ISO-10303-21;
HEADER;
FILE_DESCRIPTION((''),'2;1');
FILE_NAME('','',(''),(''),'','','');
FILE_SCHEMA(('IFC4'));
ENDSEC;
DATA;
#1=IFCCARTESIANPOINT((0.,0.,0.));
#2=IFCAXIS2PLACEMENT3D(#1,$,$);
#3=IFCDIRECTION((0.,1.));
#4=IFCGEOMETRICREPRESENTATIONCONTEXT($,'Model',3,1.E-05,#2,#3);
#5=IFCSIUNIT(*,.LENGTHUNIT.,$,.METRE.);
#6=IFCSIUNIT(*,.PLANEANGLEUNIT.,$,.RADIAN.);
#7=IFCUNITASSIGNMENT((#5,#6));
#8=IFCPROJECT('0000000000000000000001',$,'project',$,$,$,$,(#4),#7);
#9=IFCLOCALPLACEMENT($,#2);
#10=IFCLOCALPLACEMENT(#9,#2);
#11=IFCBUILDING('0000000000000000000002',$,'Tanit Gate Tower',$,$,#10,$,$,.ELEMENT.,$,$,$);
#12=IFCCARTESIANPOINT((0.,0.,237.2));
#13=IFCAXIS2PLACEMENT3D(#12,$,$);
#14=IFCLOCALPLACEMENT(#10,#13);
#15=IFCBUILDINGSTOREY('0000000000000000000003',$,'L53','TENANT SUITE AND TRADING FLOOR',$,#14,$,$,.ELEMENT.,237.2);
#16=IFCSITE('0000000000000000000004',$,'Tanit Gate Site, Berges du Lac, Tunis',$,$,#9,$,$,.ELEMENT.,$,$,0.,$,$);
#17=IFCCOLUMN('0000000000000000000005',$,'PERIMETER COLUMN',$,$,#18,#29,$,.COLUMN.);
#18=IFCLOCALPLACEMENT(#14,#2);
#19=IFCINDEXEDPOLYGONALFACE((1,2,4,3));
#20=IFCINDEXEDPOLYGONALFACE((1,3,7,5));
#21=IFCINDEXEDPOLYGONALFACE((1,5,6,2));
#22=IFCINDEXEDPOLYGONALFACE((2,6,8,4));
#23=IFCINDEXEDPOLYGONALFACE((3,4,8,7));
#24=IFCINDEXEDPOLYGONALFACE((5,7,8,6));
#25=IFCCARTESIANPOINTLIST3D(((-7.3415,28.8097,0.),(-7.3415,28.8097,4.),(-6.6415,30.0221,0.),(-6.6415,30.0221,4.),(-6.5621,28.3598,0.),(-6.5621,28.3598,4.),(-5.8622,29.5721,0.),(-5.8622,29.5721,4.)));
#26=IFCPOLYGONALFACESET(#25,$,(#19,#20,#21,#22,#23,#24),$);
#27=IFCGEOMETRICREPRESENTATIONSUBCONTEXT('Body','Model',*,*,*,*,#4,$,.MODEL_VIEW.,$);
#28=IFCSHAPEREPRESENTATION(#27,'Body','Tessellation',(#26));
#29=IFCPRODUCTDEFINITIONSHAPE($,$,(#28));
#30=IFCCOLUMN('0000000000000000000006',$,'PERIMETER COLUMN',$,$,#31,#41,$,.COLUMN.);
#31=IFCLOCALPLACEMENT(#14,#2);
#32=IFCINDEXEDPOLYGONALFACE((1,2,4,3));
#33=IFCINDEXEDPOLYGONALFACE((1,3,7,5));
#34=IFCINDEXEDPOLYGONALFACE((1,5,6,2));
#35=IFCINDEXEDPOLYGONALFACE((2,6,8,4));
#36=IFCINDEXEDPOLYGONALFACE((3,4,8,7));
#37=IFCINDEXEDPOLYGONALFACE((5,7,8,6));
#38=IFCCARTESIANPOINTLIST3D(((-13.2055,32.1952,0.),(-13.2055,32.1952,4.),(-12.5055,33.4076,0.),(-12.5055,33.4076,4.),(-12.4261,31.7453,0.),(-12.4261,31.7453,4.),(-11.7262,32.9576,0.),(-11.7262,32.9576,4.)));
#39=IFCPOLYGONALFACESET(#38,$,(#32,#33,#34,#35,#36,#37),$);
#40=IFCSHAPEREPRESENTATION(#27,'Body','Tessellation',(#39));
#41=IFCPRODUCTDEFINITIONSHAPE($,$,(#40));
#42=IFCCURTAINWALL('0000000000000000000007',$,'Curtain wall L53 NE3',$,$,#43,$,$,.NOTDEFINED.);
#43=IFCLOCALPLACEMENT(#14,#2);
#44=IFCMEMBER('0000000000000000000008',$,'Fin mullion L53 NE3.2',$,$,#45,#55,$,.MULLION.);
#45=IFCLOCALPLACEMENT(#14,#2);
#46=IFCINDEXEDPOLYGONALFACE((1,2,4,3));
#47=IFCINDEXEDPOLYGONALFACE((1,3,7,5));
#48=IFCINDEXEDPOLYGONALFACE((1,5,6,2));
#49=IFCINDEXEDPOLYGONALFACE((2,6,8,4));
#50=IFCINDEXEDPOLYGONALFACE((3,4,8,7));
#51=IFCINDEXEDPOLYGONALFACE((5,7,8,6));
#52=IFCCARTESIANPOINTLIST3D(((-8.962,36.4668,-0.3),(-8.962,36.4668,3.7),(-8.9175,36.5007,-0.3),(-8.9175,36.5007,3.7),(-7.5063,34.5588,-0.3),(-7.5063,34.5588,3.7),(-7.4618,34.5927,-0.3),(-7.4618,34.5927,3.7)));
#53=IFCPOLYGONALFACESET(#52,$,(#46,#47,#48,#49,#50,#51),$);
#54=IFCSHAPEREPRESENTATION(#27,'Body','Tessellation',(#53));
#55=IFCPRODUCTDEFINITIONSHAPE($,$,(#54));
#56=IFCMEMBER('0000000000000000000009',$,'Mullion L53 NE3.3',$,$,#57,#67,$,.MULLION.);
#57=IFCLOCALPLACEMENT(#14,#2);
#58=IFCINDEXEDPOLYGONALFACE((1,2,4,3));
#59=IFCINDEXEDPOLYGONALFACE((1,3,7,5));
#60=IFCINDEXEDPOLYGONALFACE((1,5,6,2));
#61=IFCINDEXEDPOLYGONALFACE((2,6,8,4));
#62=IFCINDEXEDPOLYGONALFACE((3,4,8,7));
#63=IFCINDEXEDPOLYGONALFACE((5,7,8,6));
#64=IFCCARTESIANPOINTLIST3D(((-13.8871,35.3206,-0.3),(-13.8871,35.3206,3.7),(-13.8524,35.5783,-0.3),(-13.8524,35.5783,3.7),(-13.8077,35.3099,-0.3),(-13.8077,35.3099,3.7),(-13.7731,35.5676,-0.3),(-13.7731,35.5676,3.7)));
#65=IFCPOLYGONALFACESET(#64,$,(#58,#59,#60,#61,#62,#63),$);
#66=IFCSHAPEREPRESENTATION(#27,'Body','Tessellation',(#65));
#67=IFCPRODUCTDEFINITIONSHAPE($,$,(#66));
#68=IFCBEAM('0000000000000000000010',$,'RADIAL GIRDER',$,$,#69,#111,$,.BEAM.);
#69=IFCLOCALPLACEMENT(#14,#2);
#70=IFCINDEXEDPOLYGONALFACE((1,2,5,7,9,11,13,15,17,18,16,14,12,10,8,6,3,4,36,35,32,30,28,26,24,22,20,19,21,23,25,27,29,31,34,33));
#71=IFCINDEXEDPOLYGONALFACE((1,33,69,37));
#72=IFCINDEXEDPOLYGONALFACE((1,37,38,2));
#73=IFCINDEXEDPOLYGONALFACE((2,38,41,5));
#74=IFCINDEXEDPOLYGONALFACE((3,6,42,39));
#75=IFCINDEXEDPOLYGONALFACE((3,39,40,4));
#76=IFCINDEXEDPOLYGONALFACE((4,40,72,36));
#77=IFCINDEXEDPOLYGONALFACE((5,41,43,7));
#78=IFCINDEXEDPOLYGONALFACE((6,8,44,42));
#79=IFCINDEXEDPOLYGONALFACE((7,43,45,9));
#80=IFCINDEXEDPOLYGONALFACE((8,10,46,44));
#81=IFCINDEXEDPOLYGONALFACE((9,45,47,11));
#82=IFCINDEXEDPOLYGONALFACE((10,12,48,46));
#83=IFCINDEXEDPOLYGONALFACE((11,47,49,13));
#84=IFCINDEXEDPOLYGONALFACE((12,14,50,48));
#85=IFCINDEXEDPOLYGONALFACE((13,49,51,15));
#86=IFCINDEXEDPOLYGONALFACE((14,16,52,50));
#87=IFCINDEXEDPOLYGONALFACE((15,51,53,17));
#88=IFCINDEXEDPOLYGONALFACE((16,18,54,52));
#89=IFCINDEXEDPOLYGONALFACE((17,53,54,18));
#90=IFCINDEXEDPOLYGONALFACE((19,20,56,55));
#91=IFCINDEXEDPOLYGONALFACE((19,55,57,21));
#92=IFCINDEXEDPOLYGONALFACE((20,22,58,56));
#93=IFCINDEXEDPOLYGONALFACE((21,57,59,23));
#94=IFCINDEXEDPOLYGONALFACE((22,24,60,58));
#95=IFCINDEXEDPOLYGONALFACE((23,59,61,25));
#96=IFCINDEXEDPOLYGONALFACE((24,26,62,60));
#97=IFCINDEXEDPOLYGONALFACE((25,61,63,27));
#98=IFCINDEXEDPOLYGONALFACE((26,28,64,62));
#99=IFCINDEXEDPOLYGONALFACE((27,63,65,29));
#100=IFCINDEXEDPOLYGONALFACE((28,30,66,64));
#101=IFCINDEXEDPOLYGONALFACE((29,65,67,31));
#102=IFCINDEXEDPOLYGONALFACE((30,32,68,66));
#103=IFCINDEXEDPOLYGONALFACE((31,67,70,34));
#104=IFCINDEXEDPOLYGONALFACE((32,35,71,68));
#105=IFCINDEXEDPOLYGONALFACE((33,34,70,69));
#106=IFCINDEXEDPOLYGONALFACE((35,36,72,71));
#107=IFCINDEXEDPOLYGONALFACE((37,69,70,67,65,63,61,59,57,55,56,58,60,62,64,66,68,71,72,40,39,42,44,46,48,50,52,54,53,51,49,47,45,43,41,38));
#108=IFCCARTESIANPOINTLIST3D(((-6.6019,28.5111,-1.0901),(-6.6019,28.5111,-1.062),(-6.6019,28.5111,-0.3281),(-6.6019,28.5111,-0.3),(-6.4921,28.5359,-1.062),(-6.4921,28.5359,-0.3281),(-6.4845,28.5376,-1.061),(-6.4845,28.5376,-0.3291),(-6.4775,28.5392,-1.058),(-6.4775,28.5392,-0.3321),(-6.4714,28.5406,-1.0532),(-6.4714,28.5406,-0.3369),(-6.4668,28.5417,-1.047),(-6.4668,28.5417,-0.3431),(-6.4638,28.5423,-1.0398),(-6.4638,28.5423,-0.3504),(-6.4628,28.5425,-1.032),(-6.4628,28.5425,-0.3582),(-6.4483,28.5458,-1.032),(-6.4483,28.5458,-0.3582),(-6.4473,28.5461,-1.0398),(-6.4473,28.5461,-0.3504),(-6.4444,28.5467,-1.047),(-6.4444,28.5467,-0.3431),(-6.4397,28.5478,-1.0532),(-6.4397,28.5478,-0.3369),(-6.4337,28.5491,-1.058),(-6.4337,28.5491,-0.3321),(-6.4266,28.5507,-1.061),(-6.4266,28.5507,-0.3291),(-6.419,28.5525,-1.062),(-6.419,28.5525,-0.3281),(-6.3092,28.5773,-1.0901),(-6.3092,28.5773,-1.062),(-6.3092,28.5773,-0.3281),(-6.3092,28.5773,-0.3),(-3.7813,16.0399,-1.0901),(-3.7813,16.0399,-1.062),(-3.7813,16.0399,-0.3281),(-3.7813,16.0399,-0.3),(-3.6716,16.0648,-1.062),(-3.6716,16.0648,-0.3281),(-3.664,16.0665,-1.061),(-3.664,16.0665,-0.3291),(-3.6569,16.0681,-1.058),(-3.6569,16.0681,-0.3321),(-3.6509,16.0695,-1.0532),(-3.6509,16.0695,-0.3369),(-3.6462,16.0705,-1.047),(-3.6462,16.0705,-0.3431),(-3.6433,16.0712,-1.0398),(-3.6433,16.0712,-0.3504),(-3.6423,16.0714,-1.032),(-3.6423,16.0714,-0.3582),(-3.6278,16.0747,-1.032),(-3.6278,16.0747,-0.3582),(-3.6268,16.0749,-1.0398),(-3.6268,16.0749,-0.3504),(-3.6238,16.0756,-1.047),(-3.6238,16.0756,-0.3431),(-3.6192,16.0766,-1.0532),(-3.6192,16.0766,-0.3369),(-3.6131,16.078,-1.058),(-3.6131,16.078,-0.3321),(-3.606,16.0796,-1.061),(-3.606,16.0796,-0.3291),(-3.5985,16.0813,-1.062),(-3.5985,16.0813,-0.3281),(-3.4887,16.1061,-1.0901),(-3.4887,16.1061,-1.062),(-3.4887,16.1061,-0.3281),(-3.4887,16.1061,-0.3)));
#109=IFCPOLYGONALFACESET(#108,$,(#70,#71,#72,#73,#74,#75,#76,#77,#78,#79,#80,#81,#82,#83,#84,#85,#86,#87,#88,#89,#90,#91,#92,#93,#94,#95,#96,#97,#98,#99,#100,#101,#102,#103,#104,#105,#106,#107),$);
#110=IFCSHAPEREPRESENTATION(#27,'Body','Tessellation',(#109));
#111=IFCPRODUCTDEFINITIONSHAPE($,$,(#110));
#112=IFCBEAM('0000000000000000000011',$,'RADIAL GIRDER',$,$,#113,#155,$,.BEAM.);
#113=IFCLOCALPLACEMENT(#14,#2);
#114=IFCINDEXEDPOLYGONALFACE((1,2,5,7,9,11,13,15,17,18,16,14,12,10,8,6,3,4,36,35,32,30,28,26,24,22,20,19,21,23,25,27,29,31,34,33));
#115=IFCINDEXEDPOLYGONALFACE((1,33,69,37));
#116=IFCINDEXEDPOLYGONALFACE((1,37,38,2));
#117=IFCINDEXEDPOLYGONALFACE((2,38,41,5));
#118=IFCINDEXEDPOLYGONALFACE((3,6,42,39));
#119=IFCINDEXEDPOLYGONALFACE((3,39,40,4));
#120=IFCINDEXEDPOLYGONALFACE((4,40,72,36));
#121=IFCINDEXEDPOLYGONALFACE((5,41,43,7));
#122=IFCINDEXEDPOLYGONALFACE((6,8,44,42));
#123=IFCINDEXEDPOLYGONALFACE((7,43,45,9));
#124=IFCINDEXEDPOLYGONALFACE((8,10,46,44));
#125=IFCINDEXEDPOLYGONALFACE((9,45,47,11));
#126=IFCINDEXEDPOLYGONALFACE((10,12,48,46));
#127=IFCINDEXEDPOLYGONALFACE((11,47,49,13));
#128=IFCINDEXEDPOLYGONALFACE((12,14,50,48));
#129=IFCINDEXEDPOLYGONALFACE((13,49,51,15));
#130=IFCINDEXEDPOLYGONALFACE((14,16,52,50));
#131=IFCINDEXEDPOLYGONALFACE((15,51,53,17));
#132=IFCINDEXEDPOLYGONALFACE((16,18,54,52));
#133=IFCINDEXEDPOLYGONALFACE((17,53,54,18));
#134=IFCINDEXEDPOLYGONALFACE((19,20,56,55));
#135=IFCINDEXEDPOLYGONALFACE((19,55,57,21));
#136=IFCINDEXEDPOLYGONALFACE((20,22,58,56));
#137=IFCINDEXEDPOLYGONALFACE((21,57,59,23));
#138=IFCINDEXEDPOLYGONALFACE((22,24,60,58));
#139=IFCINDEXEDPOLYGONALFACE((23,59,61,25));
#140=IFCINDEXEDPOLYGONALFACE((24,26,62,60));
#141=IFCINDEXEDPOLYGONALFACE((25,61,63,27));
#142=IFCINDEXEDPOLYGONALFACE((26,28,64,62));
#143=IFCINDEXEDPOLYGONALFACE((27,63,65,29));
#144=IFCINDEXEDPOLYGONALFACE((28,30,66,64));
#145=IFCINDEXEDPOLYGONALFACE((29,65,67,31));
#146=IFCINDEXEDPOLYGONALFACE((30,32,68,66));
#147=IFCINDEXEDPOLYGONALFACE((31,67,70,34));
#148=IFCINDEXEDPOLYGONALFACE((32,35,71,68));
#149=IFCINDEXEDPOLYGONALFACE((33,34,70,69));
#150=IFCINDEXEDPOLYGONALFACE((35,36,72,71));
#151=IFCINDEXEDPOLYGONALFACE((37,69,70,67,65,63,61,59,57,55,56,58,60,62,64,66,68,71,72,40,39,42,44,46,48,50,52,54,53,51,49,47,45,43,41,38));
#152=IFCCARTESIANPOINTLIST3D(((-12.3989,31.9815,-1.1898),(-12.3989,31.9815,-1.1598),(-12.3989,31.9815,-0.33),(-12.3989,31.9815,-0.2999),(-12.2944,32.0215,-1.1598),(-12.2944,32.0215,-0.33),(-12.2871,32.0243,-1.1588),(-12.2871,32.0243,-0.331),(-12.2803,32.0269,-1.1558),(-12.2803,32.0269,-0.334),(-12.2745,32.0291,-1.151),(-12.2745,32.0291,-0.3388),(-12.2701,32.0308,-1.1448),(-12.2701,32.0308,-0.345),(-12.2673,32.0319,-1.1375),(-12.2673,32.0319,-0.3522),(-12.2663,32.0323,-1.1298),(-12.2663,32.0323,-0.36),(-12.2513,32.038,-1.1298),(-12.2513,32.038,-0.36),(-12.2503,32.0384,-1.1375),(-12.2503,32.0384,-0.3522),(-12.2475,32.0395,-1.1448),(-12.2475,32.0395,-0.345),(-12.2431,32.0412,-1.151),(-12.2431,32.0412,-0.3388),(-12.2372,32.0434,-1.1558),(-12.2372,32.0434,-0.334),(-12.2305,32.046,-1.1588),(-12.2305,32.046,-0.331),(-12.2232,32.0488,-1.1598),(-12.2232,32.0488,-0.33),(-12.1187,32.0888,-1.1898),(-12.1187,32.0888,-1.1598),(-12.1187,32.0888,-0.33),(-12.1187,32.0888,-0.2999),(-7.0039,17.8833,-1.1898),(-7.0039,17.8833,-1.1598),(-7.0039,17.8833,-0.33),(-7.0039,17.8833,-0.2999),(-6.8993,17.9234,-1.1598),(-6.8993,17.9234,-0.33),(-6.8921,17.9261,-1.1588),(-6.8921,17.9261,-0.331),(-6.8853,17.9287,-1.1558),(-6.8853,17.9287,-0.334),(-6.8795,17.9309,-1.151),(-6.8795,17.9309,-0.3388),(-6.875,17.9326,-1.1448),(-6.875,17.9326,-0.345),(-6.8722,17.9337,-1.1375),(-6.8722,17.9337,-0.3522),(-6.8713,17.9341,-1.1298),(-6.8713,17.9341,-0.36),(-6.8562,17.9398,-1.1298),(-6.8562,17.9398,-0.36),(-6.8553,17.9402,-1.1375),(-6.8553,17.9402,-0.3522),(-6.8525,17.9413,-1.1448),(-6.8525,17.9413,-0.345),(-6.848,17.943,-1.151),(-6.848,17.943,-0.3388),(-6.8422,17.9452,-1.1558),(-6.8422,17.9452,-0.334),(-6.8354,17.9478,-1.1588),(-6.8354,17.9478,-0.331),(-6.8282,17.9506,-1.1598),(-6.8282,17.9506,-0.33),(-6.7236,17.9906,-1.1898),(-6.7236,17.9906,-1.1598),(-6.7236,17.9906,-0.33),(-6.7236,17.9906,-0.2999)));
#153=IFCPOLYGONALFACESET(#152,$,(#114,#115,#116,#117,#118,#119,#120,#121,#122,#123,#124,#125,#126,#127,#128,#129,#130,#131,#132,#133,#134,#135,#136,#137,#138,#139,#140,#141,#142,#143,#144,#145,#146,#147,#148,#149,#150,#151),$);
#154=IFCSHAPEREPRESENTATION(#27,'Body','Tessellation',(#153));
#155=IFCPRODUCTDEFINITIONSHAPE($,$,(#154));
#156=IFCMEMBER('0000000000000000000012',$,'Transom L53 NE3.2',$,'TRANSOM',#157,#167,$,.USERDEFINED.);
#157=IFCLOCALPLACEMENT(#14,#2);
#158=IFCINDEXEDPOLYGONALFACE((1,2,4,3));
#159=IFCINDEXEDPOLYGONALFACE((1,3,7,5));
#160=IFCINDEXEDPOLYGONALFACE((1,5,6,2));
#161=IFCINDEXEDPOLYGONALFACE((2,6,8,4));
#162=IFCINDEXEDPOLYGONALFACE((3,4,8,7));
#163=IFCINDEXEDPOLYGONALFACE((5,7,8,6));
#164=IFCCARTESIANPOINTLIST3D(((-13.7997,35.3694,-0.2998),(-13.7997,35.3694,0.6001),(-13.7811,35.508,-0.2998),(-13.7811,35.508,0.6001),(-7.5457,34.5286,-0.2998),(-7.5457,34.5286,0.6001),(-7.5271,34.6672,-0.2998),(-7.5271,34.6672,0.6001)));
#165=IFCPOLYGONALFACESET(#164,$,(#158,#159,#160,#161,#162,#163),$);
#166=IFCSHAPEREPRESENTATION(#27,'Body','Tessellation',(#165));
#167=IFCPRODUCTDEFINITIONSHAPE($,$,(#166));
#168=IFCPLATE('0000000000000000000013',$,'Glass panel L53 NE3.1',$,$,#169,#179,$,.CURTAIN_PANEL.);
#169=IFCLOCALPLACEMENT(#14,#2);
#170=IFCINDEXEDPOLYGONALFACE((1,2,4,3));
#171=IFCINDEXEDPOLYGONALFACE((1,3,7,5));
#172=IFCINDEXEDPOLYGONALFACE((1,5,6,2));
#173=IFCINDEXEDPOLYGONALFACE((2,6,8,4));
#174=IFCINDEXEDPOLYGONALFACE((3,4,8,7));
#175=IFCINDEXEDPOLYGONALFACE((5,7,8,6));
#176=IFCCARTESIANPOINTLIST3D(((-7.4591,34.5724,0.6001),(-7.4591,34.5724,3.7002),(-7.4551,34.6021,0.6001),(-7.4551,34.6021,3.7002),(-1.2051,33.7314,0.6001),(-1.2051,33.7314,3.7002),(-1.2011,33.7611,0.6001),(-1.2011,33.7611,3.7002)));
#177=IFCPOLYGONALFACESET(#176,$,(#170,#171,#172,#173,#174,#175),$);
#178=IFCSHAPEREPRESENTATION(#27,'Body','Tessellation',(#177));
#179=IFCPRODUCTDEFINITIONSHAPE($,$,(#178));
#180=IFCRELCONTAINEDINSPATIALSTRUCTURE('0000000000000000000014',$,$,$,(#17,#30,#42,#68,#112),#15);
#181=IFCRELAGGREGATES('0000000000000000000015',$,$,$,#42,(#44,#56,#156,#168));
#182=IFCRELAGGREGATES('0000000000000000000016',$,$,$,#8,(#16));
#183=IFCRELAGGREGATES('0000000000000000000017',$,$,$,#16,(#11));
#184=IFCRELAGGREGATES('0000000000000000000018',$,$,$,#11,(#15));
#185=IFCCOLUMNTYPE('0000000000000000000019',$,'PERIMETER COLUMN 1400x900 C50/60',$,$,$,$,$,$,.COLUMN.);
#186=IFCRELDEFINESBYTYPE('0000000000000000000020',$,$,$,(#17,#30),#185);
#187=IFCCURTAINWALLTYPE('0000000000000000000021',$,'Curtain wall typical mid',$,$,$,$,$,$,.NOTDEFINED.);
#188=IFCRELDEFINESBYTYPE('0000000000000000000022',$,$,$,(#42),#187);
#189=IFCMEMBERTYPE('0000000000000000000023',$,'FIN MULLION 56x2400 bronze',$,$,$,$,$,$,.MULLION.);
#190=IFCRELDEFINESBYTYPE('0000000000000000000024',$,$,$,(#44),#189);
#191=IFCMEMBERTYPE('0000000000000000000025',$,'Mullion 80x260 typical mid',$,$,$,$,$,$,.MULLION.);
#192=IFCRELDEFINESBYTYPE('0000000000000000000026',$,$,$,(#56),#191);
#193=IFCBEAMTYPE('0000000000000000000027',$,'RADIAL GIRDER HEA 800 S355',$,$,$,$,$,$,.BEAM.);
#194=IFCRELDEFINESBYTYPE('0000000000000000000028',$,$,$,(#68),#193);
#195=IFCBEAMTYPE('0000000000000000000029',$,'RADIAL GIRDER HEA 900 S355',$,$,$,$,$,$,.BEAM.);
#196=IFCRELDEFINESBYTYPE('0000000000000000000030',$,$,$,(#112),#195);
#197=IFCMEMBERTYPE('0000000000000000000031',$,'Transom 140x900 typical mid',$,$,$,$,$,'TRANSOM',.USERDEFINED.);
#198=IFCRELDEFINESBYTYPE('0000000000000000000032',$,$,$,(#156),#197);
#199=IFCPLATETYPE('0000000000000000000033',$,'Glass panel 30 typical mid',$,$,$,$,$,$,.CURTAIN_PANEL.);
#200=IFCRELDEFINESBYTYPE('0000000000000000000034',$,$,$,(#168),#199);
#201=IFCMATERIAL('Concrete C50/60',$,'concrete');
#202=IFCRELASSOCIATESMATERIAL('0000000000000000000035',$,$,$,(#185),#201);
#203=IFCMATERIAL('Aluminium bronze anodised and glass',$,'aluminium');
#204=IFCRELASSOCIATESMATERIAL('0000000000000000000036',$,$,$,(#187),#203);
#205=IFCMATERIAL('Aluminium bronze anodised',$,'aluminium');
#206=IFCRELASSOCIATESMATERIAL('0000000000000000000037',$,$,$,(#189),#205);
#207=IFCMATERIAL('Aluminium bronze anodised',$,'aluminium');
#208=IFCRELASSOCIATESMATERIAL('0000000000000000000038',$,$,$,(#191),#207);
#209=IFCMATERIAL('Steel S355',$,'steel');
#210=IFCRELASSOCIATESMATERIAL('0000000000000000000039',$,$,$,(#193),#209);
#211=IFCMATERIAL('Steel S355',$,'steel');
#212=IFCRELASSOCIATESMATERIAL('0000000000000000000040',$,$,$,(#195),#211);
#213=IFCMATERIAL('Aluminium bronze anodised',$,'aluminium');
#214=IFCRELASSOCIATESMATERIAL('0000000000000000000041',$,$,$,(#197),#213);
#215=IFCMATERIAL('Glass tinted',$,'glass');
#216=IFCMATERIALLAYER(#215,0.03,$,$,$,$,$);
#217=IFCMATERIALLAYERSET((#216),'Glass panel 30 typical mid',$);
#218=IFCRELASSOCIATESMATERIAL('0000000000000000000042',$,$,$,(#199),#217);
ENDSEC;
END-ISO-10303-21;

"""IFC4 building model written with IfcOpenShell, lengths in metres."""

from ifc_helpers import new_model, si_unit, direction, frame, origin, origin_2d, place, context, subcontext, project, spatial, rectangle, i_section, extrude, material, layer, layer_set, material_profile, profile_set, type_object, element, aggregate, save


model = new_model("IFC4")

# Units and contexts
model_context = context("Model", 3, precision=1e-05, world=origin(), true_north=direction((0.0, 1.0)))
body_context = subcontext(model_context, "Body", "Model", "MODEL_VIEW")
ifc_project = project(units=[si_unit("LENGTHUNIT", "METRE"), si_unit("PLANEANGLEUNIT", "RADIAN")], contexts=[model_context])

# Site, building, storey
site_placement = place(None, origin())
site = spatial("IfcSite", under=ifc_project, at=site_placement, Name="Tanit Gate Site, Berges du Lac, Tunis", CompositionType="ELEMENT", RefElevation=0.0)
building_placement = place(site_placement, origin())
building = spatial("IfcBuilding", under=site, at=building_placement, Name="Tanit Gate Tower", CompositionType="ELEMENT")
storey_placement = place(building_placement, frame((0.0, 0.0, 237.2)))
storey = spatial("IfcBuildingStorey", under=building, at=storey_placement, Name="L53", Description="TENANT SUITE AND TRADING FLOOR", CompositionType="ELEMENT", Elevation=237.2)

# Columns
ifc_material_1 = material(Name="Concrete C50/60", Category="concrete")
ifc_material_profile_1 = material_profile(ifc_material_1, rectangle(XDim=1.3999, YDim=0.8999, at=origin_2d()), Name="RC 1400x900")
ifc_profile_set_1 = profile_set([ifc_material_profile_1], Name="Concrete C50/60")
column_type = type_object("IfcColumnType", Name="PERIMETER COLUMN 1400x900 C50/60", PredefinedType="COLUMN", material=ifc_profile_set_1)
for number, where, z_axis, x_axis, name in (
    (1, (-6.6018, 29.1909, 0.0), (0.0, 0.0, 1.0), (0.5, 0.866025, 0.0), "PERIMETER COLUMN"),
    (2, (-12.4658, 32.5764, 0.0), (0.0, 0.0, 1.0), (0.5, 0.866025, 0.0), "PERIMETER COLUMN"),
):
    element("IfcColumn", number, at=place(storey_placement, frame(where, z_axis=z_axis, x_axis=x_axis)), inside=storey, type_object=column_type, Name=name, PredefinedType="COLUMN", context=body_context, shape_type="SweptSolid", body=[
        extrude(rectangle(XDim=1.3999, YDim=0.8999, at=origin_2d()), origin(), (0.0, 0.0, 1.0), 4.0),
    ])

# Curtain wall, members
ifc_material_2 = material(Name="Aluminium bronze anodised and glass", Category="aluminium")
curtain_wall_type = type_object("IfcCurtainWallType", Name="Curtain wall typical mid", PredefinedType="NOTDEFINED", material=ifc_material_2)
curtain_wall_placement = place(storey_placement, origin())
curtain_wall = element("IfcCurtainWall", 3, at=curtain_wall_placement, inside=storey, type_object=curtain_wall_type, Name="Curtain wall L53 NE3", PredefinedType="NOTDEFINED")
ifc_material_3 = material(Name="Aluminium bronze anodised", Category="aluminium")
ifc_material_profile_2 = material_profile(ifc_material_3, rectangle(XDim=2.3999, YDim=0.0559, at=origin_2d()), Name="56x2400 bronze fin mullion")
ifc_profile_set_2 = profile_set([ifc_material_profile_2], Name="Aluminium bronze anodised")
member_type_1 = type_object("IfcMemberType", Name="FIN MULLION 56x2400 bronze", PredefinedType="MULLION", material=ifc_profile_set_2)
member_1_placement = place(storey_placement, frame((-8.2119, 35.5298, -0.3), z_axis=(0.0, 0.0, 1.0), x_axis=(0.606564, -0.795035, 0.0)))
member_1 = element("IfcMember", 4, at=member_1_placement, type_object=member_type_1, Name="Fin mullion L53 NE3.2", PredefinedType="MULLION", context=body_context, shape_type="SweptSolid", body=[
    extrude(rectangle(XDim=2.3999, YDim=0.0559, at=origin_2d()), origin(), (0.0, 0.0, 1.0), 4.0),
])
ifc_material_4 = material(Name="Aluminium bronze anodised", Category="aluminium")
ifc_material_profile_3 = material_profile(ifc_material_4, rectangle(XDim=0.26, YDim=0.0801, at=origin_2d()), Name="80x260 bronze mullion")
ifc_profile_set_3 = profile_set([ifc_material_profile_3], Name="Aluminium bronze anodised")
member_type_2 = type_object("IfcMemberType", Name="Mullion 80x260 typical mid", PredefinedType="MULLION", material=ifc_profile_set_3)
member_2_placement = place(storey_placement, frame((-13.8301, 35.4441, -0.3), z_axis=(0.0, 0.0, 1.0), x_axis=(-0.133269, -0.99108, 0.0)))
member_2 = element("IfcMember", 5, at=member_2_placement, type_object=member_type_2, Name="Mullion L53 NE3.3", PredefinedType="MULLION", context=body_context, shape_type="SweptSolid", body=[
    extrude(rectangle(XDim=0.26, YDim=0.0801, at=origin_2d()), origin(), (0.0, 0.0, 1.0), 4.0),
])

# Beams
ifc_material_5 = material(Name="Steel S355", Category="steel")
ifc_material_profile_4 = material_profile(ifc_material_5, i_section(OverallWidth=0.3, OverallDepth=0.79, WebThickness=0.0149, FlangeThickness=0.0281, FilletRadius=0.03, at=origin_2d()), Name="HEA 800")
ifc_profile_set_4 = profile_set([ifc_material_profile_4], Name="Steel S355")
beam_type_1 = type_object("IfcBeamType", Name="RADIAL GIRDER HEA 800 S355", PredefinedType="BEAM", material=ifc_profile_set_4)
beam_1_placement = place(storey_placement, frame((-6.4556, 28.5442, -0.6951), z_axis=(0.220594, -0.975366, 0.0), x_axis=(0.975366, 0.220594, 0.0)))
element("IfcBeam", 6, at=beam_1_placement, inside=storey, type_object=beam_type_1, Name="RADIAL GIRDER", PredefinedType="BEAM", context=body_context, shape_type="SweptSolid", body=[
    extrude(i_section(OverallWidth=0.3, OverallDepth=0.79, WebThickness=0.0149, FlangeThickness=0.0281, FilletRadius=0.03, at=origin_2d()), origin(), (0.0, 0.0, 1.0), 12.7861),
])
ifc_material_6 = material(Name="Steel S355", Category="steel")
ifc_material_profile_5 = material_profile(ifc_material_6, i_section(OverallWidth=0.3, OverallDepth=0.8899, WebThickness=0.0161, FlangeThickness=0.03, FilletRadius=0.03, at=origin_2d()), Name="HEA 900")
ifc_profile_set_5 = profile_set([ifc_material_profile_5], Name="Steel S355")
beam_type_2 = type_object("IfcBeamType", Name="RADIAL GIRDER HEA 900 S355", PredefinedType="BEAM", material=ifc_profile_set_5)
beam_2_placement = place(storey_placement, frame((-12.2588, 32.0352, -0.7449), z_axis=(0.357401, -0.933951, 0.0), x_axis=(0.933951, 0.357401, 0.0)))
element("IfcBeam", 7, at=beam_2_placement, inside=storey, type_object=beam_type_2, Name="RADIAL GIRDER", PredefinedType="BEAM", context=body_context, shape_type="SweptSolid", body=[
    extrude(i_section(OverallWidth=0.3, OverallDepth=0.8899, WebThickness=0.0161, FlangeThickness=0.03, FilletRadius=0.03, at=origin_2d()), origin(), (0.0, 0.0, 1.0), 15.0952),
])

# Member
ifc_material_7 = material(Name="Aluminium bronze anodised", Category="aluminium")
ifc_material_profile_6 = material_profile(ifc_material_7, rectangle(XDim=0.1399, YDim=0.8999, at=origin_2d()), Name="140x900 bronze transom")
ifc_profile_set_6 = profile_set([ifc_material_profile_6], Name="Aluminium bronze anodised")
member_type_3 = type_object("IfcMemberType", Name="Transom 140x900 typical mid", ElementType="TRANSOM", PredefinedType="USERDEFINED", material=ifc_profile_set_6)
member_3_placement = place(storey_placement, frame((-7.5364, 34.5979, 0.1501), z_axis=(-0.991083, 0.133243, 0.0), x_axis=(-0.133243, -0.991083, 0.0)))
member_3 = element("IfcMember", 8, at=member_3_placement, type_object=member_type_3, Name="Transom L53 NE3.2", ObjectType="TRANSOM", PredefinedType="USERDEFINED", context=body_context, shape_type="SweptSolid", body=[
    extrude(rectangle(XDim=0.1399, YDim=0.8999, at=origin_2d()), origin(), (0.0, 0.0, 1.0), 6.3103),
])

# Plate
ifc_material_8 = material(Name="Glass tinted", Category="glass")
ifc_layer_1 = layer(ifc_material_8, 0.03)
ifc_layer_set_1 = layer_set([ifc_layer_1], Name="Glass panel 30 typical mid")
plate_type = type_object("IfcPlateType", Name="Glass panel 30 typical mid", PredefinedType="CURTAIN_PANEL", material=ifc_layer_set_1)
plate_1_placement = place(storey_placement, frame((-4.3301, 34.1667, 0.6001), z_axis=(0.0, 0.0, 1.0), x_axis=(-0.99108, 0.133269, 0.0)))
plate_1 = element("IfcPlate", 9, at=plate_1_placement, type_object=plate_type, Name="Glass panel L53 NE3.1", PredefinedType="CURTAIN_PANEL", context=body_context, shape_type="SweptSolid", body=[
    extrude(rectangle(XDim=6.3103, YDim=0.03, at=origin_2d()), origin(), (0.0, 0.0, 1.0), 3.1001),
])
aggregate(curtain_wall, [member_1, member_2, member_3, plate_1])

save(model, "model.ifc")
